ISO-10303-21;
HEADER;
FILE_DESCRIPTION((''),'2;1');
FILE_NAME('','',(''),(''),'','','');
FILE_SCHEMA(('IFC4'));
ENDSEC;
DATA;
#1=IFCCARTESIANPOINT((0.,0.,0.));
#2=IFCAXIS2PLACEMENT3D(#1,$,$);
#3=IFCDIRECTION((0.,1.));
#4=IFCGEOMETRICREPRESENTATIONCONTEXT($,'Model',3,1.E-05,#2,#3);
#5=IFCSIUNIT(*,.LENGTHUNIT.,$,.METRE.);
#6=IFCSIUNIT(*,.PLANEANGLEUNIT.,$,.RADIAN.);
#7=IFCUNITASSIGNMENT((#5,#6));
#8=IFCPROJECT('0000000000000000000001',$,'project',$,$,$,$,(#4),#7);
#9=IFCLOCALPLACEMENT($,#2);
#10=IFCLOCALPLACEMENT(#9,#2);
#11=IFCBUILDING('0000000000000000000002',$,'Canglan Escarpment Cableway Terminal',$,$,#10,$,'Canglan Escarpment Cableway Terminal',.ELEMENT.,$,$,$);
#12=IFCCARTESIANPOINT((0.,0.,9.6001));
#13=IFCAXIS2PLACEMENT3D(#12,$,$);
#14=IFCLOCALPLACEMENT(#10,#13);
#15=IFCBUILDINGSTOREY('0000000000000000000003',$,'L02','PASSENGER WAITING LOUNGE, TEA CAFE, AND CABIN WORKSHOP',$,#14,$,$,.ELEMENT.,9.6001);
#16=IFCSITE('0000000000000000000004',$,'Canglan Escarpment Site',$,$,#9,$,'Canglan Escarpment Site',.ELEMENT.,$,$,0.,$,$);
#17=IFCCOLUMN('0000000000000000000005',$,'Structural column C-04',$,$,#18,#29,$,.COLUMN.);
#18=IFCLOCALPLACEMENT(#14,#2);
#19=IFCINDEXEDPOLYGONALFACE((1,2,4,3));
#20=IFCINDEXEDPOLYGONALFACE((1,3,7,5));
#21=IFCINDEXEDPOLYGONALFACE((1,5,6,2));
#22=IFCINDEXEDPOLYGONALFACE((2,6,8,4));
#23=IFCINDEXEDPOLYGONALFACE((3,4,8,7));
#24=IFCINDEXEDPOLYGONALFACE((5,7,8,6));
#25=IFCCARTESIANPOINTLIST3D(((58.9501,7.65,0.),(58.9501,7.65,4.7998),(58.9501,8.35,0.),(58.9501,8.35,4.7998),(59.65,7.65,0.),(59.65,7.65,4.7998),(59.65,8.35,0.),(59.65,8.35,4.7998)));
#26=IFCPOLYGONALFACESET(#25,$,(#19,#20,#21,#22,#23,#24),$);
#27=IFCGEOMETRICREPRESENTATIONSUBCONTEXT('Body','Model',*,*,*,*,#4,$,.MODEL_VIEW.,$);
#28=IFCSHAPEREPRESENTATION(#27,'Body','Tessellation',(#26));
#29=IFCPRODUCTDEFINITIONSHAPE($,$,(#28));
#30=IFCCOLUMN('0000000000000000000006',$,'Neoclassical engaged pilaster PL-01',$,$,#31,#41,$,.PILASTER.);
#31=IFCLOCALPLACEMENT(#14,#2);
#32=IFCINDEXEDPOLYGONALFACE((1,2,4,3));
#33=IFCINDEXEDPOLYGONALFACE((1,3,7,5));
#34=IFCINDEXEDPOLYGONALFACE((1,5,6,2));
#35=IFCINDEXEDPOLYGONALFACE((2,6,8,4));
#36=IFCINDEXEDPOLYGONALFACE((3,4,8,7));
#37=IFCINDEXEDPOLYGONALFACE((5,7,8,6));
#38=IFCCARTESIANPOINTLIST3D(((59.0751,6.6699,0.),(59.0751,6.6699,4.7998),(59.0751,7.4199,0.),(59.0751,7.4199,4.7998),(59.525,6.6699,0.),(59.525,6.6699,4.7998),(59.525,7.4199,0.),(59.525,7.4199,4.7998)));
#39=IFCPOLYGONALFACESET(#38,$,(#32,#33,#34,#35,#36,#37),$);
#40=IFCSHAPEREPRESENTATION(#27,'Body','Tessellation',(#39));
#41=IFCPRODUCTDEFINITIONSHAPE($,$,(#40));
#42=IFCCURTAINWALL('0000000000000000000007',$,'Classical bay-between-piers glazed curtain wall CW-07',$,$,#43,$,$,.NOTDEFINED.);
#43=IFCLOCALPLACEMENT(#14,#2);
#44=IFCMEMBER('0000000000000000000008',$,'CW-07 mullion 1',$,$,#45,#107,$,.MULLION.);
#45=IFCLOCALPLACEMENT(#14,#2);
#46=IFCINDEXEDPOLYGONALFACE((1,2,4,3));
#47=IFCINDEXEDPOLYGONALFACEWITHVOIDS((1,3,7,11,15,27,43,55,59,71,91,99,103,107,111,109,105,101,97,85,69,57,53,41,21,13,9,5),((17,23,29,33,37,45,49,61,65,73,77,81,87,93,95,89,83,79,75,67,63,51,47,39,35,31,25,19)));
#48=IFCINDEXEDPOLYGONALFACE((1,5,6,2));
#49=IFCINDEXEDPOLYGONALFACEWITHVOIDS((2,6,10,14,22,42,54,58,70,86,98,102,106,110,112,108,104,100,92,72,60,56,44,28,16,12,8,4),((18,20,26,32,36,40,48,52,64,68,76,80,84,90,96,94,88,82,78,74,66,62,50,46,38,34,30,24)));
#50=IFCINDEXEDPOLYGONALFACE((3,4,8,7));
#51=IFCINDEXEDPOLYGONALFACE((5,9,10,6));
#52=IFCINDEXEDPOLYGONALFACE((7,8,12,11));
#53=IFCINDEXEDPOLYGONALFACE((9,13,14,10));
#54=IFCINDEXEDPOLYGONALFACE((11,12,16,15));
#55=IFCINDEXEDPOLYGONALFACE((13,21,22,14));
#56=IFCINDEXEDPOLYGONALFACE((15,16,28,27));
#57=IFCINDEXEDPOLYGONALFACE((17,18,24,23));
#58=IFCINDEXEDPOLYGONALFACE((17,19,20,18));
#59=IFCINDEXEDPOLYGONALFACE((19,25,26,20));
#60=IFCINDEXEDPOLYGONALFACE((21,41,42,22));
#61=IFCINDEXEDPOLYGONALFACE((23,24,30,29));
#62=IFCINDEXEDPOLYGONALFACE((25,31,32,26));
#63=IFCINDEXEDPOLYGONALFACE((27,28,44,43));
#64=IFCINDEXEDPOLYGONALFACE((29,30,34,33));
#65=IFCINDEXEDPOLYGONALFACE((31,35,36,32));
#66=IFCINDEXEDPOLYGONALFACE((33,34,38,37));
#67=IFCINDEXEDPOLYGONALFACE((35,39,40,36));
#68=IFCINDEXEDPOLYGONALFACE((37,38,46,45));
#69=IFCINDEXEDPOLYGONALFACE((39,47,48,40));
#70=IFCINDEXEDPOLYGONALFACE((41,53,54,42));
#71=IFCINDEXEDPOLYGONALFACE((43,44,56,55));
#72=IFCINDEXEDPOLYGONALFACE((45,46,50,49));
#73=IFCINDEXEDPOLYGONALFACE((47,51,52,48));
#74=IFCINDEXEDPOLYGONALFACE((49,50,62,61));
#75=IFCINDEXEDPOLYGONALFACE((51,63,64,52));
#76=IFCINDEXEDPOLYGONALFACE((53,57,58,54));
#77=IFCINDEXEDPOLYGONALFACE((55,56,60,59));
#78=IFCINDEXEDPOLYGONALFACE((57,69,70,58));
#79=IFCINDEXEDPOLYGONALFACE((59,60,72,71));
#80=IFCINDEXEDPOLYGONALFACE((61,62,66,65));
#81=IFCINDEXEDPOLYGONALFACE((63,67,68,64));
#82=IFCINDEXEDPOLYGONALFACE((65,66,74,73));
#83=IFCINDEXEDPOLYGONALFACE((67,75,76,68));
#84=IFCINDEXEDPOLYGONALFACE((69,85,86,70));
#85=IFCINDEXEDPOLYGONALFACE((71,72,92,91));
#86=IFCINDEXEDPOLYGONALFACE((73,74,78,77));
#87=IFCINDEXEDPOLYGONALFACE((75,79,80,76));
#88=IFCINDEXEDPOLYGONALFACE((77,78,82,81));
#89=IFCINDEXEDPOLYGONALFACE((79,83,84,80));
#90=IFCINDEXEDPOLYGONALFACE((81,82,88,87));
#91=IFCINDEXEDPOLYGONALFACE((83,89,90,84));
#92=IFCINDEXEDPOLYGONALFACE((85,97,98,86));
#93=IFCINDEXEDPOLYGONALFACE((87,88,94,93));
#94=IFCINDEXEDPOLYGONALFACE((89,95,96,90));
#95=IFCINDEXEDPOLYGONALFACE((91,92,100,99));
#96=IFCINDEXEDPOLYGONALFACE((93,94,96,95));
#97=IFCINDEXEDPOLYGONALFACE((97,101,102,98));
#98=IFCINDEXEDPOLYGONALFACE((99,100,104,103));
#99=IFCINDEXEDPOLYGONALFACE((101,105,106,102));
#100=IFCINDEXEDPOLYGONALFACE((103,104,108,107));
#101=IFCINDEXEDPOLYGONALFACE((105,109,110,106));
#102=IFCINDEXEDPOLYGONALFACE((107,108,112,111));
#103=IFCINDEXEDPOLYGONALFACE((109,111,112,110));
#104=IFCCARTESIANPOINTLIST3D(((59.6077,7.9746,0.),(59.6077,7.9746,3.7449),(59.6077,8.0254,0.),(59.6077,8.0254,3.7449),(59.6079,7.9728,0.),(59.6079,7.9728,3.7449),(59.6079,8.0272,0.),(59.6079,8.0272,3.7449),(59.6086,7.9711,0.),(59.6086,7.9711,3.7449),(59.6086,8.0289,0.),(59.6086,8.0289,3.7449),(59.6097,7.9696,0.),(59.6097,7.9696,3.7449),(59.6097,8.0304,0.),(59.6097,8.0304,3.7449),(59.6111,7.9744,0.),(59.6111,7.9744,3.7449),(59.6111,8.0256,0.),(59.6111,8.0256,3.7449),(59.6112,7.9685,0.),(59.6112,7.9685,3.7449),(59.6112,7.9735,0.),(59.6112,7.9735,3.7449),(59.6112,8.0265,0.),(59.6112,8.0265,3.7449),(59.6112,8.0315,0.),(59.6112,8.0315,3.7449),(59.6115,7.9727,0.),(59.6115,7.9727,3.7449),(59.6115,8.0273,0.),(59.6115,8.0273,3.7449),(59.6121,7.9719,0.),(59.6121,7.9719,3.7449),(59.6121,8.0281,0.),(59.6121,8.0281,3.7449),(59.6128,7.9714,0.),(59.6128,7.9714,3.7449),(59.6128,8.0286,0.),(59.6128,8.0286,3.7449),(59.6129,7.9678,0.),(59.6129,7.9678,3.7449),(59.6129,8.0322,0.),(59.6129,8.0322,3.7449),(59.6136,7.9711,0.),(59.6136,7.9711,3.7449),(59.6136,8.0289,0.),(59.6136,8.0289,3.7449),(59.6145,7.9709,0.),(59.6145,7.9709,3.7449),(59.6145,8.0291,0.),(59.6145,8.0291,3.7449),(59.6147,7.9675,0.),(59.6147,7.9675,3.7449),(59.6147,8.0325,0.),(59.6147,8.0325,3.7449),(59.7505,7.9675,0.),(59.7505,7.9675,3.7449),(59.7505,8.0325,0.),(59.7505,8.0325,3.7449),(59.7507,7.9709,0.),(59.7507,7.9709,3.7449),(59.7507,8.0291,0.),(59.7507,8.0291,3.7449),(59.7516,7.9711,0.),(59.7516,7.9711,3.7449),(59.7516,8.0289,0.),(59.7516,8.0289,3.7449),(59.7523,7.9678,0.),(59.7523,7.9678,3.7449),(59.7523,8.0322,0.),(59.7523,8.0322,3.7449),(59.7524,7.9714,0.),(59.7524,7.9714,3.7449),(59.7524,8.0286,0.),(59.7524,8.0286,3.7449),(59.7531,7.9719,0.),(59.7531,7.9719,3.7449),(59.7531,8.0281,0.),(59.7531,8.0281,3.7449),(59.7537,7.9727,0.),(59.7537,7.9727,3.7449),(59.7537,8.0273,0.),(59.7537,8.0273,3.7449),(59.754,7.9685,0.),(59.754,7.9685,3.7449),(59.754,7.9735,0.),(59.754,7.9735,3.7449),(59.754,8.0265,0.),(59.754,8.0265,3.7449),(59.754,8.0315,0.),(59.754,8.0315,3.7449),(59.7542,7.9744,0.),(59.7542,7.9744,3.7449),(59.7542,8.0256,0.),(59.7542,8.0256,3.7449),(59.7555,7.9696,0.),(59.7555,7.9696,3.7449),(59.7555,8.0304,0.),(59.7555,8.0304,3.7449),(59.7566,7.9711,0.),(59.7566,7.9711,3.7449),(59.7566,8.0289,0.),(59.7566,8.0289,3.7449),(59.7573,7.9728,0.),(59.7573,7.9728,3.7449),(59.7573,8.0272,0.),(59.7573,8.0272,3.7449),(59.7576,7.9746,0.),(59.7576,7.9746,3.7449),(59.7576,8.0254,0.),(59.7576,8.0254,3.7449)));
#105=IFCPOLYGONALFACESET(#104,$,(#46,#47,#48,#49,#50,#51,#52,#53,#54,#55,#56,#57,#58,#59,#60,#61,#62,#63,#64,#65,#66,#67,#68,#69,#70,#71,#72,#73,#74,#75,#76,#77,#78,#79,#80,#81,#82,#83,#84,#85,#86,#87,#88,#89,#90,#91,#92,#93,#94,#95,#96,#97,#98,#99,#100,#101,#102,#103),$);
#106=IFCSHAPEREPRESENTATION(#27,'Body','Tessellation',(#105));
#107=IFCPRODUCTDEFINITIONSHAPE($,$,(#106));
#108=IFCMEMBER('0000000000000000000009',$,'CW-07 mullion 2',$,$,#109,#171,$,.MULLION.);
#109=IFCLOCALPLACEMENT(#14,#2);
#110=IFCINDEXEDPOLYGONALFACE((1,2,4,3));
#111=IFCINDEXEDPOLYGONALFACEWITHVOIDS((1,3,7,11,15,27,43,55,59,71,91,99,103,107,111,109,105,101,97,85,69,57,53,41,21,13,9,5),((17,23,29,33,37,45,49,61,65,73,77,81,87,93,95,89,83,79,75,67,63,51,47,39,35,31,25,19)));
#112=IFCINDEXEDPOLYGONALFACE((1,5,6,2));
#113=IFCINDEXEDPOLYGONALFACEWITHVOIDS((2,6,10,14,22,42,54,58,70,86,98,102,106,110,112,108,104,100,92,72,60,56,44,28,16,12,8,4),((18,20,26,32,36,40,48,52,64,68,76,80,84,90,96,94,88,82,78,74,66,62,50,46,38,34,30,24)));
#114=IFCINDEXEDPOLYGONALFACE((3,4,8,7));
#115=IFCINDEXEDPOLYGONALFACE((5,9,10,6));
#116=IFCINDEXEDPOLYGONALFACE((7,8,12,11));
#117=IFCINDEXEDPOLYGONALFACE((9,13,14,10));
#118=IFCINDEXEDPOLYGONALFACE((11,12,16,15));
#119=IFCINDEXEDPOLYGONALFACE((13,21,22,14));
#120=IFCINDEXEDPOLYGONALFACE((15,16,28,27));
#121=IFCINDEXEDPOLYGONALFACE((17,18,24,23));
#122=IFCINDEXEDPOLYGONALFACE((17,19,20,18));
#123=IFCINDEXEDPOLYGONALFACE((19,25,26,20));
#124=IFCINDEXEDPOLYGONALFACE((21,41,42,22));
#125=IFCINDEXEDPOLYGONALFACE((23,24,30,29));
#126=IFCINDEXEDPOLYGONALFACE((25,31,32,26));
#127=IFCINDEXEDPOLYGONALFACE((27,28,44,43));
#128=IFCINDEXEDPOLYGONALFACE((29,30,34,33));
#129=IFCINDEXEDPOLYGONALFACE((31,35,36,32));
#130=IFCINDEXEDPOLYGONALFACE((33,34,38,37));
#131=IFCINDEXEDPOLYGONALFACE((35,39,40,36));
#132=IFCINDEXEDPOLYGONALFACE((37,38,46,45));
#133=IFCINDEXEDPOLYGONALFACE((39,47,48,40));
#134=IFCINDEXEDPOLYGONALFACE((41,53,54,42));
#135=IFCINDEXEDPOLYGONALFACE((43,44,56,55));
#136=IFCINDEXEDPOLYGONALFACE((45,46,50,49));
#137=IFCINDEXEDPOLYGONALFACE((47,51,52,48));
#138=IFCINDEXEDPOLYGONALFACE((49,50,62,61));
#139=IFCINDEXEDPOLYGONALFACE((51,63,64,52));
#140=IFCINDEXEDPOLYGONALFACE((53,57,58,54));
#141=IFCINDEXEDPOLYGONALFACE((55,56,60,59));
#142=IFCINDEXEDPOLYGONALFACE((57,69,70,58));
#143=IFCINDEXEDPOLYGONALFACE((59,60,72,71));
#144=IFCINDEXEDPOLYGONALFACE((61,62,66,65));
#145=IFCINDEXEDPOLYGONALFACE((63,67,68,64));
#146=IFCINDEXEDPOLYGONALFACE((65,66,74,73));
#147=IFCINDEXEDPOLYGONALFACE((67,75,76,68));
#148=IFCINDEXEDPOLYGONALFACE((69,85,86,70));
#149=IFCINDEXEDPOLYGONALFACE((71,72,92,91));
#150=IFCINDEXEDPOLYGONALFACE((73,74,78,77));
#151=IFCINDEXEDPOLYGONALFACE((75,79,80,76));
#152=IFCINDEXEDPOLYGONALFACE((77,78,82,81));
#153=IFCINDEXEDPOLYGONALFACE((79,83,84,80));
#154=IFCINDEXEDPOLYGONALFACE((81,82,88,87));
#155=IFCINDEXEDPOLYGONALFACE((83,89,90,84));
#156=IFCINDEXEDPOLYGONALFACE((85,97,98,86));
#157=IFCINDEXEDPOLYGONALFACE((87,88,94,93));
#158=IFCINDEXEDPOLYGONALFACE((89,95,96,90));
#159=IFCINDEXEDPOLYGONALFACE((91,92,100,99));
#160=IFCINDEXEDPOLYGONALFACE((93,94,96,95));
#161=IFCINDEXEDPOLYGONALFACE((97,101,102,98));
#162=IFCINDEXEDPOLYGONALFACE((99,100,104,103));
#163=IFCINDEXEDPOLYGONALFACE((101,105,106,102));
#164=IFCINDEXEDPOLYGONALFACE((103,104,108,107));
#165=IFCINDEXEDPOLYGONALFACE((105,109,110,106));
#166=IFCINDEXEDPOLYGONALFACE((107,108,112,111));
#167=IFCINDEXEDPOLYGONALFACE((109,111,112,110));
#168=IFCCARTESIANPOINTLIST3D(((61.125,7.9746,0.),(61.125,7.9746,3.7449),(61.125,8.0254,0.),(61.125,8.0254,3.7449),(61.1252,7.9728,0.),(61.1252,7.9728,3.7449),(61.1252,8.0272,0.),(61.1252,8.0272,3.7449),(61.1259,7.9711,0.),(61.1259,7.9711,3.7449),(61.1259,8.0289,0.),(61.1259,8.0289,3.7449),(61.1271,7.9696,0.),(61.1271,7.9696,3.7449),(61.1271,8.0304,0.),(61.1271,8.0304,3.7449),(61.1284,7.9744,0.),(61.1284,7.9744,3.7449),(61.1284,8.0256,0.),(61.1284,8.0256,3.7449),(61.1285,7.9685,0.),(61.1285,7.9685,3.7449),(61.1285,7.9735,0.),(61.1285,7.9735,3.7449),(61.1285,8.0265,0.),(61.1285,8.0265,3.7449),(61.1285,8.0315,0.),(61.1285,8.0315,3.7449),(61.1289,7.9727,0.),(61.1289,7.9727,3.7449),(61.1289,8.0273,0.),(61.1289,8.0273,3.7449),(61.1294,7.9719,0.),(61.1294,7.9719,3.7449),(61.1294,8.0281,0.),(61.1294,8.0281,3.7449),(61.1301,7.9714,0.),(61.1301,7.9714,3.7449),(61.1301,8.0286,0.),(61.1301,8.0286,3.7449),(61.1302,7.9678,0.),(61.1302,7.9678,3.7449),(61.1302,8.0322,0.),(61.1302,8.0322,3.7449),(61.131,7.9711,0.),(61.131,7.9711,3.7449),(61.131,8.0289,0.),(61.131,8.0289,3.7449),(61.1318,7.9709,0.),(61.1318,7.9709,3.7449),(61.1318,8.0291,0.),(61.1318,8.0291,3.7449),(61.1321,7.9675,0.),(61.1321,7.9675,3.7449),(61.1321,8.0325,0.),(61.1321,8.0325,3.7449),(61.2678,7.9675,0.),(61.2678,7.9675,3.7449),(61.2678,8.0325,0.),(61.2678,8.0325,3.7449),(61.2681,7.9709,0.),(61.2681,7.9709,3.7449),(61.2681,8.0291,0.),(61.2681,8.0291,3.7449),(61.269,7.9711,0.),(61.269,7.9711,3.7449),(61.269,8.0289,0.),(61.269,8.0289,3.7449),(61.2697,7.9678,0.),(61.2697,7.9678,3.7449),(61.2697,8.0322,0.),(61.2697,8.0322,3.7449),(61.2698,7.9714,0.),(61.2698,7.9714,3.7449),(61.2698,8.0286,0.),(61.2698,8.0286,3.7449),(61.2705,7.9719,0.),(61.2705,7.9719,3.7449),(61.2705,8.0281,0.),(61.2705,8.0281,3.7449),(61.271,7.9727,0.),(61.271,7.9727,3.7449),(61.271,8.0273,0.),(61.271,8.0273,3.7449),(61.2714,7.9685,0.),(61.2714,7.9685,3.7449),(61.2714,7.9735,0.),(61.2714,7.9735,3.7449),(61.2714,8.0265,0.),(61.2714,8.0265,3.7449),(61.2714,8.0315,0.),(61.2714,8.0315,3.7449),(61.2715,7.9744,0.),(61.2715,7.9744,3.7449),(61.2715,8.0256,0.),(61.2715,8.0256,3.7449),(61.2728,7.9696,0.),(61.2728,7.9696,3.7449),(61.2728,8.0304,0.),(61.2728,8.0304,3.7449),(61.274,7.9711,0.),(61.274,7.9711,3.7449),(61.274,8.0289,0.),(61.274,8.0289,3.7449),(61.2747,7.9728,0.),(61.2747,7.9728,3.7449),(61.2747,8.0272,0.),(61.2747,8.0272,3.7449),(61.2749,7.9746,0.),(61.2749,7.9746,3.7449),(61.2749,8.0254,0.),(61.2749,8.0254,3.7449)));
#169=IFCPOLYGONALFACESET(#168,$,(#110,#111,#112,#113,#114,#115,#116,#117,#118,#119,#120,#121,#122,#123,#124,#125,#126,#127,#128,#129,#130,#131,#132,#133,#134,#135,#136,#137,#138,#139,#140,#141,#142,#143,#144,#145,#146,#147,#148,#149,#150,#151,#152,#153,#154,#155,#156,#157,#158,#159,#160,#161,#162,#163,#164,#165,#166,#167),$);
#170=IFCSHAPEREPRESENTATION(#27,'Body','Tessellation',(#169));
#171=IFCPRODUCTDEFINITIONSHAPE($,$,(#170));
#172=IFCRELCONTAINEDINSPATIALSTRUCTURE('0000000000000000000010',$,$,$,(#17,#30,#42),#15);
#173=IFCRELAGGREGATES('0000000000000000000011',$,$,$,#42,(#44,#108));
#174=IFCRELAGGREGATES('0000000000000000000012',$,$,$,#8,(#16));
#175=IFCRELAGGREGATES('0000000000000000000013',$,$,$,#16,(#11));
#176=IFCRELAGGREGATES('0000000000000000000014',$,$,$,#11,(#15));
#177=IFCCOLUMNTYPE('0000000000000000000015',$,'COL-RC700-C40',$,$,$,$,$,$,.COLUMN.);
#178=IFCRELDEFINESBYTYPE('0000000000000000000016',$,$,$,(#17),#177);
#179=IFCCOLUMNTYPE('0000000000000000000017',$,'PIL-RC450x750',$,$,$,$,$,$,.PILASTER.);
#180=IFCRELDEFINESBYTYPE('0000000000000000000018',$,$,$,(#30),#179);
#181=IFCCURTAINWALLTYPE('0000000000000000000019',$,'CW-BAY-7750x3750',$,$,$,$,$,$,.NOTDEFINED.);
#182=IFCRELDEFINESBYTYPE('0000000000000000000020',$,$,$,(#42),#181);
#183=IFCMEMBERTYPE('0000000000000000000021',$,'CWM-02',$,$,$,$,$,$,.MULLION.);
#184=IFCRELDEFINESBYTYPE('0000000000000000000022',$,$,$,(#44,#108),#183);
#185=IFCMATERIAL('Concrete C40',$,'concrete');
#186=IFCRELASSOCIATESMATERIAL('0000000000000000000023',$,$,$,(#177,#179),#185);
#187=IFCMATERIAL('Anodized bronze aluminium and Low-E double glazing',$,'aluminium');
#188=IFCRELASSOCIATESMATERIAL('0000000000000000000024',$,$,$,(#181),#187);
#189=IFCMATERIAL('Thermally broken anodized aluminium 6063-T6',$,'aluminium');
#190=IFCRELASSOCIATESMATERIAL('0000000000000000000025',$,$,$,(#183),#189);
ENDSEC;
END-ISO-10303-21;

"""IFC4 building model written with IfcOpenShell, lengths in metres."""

from ifc_helpers import new_model, si_unit, direction, frame, origin, origin_2d, place, context, subcontext, project, spatial, rectangle, hollow_rectangle, extrude, material, material_profile, profile_set, type_object, element, aggregate, save


model = new_model("IFC4")

# Units and contexts
model_context = context("Model", 3, precision=1e-05, world=origin(), true_north=direction((0.0, 1.0)))
body_context = subcontext(model_context, "Body", "Model", "MODEL_VIEW")
ifc_project = project(units=[si_unit("LENGTHUNIT", "METRE"), si_unit("PLANEANGLEUNIT", "RADIAN")], contexts=[model_context])

# Site, building, storey
site_placement = place(None, origin())
site = spatial("IfcSite", under=ifc_project, at=site_placement, Name="Canglan Escarpment Site", LongName="Canglan Escarpment Site", CompositionType="ELEMENT", RefElevation=0.0)
building_placement = place(site_placement, origin())
building = spatial("IfcBuilding", under=site, at=building_placement, Name="Canglan Escarpment Cableway Terminal", LongName="Canglan Escarpment Cableway Terminal", CompositionType="ELEMENT")
storey_placement = place(building_placement, frame((0.0, 0.0, 9.6001)))
storey = spatial("IfcBuildingStorey", under=building, at=storey_placement, Name="L02", Description="PASSENGER WAITING LOUNGE, TEA CAFE, AND CABIN WORKSHOP", CompositionType="ELEMENT", Elevation=9.6001)

# Columns
ifc_material_1 = material(Name="Concrete C40", Category="concrete")
ifc_material_profile_1 = material_profile(ifc_material_1, rectangle(XDim=0.7, YDim=0.7, at=origin_2d()), Name="RC 700x700")
ifc_profile_set_1 = profile_set([ifc_material_profile_1], Name="Concrete C40")
column_type_1 = type_object("IfcColumnType", Name="COL-RC700-C40", PredefinedType="COLUMN", material=ifc_profile_set_1)
column_1_placement = place(storey_placement, frame((59.3, 8.0, 0.0), z_axis=(0.0, 0.0, 1.0), x_axis=(1.0, 0.0, 0.0)))
element("IfcColumn", 1, at=column_1_placement, inside=storey, type_object=column_type_1, Name="Structural column C-04", PredefinedType="COLUMN", context=body_context, shape_type="SweptSolid", body=[
    extrude(rectangle(XDim=0.7, YDim=0.7, at=origin_2d()), origin(), (0.0, 0.0, 1.0), 4.7998),
])
ifc_material_profile_2 = material_profile(ifc_material_1, rectangle(XDim=0.45, YDim=0.75, at=origin_2d()), Name="RC-PIL 450x750")
ifc_profile_set_2 = profile_set([ifc_material_profile_2], Name="Concrete C40")
column_type_2 = type_object("IfcColumnType", Name="PIL-RC450x750", PredefinedType="PILASTER", material=ifc_profile_set_2)
column_2_placement = place(storey_placement, frame((59.3, 7.0449, 0.0), z_axis=(0.0, 0.0, 1.0), x_axis=(1.0, 0.0, 0.0)))
element("IfcColumn", 2, at=column_2_placement, inside=storey, type_object=column_type_2, Name="Neoclassical engaged pilaster PL-01", PredefinedType="PILASTER", context=body_context, shape_type="SweptSolid", body=[
    extrude(rectangle(XDim=0.45, YDim=0.75, at=origin_2d()), origin(), (0.0, 0.0, 1.0), 4.7998),
])

# Curtain wall, members
ifc_material_2 = material(Name="Anodized bronze aluminium and Low-E double glazing", Category="aluminium")
curtain_wall_type = type_object("IfcCurtainWallType", Name="CW-BAY-7750x3750", PredefinedType="NOTDEFINED", material=ifc_material_2)
curtain_wall_placement = place(storey_placement, origin())
curtain_wall = element("IfcCurtainWall", 3, at=curtain_wall_placement, inside=storey, type_object=curtain_wall_type, Name="Classical bay-between-piers glazed curtain wall CW-07", PredefinedType="NOTDEFINED")
ifc_material_3 = material(Name="Thermally broken anodized aluminium 6063-T6", Category="aluminium")
ifc_material_profile_3 = material_profile(ifc_material_3, hollow_rectangle(XDim=0.0649, YDim=0.1499, WallThickness=0.0034, InnerFilletRadius=0.0034, OuterFilletRadius=0.0071, at=origin_2d()), Name="ALU-MULL 65x150x3.5")
ifc_profile_set_3 = profile_set([ifc_material_profile_3], Name="Thermally broken anodized aluminium 6063-T6")
member_type_1 = type_object("IfcMemberType", Name="CWM-02", PredefinedType="MULLION", material=ifc_profile_set_3)
member_1_placement = place(storey_placement, frame((59.6826, 8.0, 0.0), z_axis=(0.0, 0.0, 1.0), x_axis=(0.0, 1.0, 0.0)))
member_1 = element("IfcMember", 4, at=member_1_placement, type_object=member_type_1, Name="CW-07 mullion 1", PredefinedType="MULLION", context=body_context, shape_type="SweptSolid", body=[
    extrude(hollow_rectangle(XDim=0.0649, YDim=0.1499, WallThickness=0.0034, InnerFilletRadius=0.0034, OuterFilletRadius=0.0071, at=origin_2d()), origin(), (0.0, 0.0, 1.0), 3.7449),
])
member_2_placement = place(storey_placement, frame((61.2, 8.0, 0.0), z_axis=(0.0, 0.0, 1.0), x_axis=(0.0, 1.0, 0.0)))
member_2 = element("IfcMember", 5, at=member_2_placement, type_object=member_type_1, Name="CW-07 mullion 2", PredefinedType="MULLION", context=body_context, shape_type="SweptSolid", body=[
    extrude(hollow_rectangle(XDim=0.0649, YDim=0.1499, WallThickness=0.0034, InnerFilletRadius=0.0034, OuterFilletRadius=0.0071, at=origin_2d()), origin(), (0.0, 0.0, 1.0), 3.7449),
])

aggregate(curtain_wall, [member_1, member_2])

save(model, "model.ifc")
